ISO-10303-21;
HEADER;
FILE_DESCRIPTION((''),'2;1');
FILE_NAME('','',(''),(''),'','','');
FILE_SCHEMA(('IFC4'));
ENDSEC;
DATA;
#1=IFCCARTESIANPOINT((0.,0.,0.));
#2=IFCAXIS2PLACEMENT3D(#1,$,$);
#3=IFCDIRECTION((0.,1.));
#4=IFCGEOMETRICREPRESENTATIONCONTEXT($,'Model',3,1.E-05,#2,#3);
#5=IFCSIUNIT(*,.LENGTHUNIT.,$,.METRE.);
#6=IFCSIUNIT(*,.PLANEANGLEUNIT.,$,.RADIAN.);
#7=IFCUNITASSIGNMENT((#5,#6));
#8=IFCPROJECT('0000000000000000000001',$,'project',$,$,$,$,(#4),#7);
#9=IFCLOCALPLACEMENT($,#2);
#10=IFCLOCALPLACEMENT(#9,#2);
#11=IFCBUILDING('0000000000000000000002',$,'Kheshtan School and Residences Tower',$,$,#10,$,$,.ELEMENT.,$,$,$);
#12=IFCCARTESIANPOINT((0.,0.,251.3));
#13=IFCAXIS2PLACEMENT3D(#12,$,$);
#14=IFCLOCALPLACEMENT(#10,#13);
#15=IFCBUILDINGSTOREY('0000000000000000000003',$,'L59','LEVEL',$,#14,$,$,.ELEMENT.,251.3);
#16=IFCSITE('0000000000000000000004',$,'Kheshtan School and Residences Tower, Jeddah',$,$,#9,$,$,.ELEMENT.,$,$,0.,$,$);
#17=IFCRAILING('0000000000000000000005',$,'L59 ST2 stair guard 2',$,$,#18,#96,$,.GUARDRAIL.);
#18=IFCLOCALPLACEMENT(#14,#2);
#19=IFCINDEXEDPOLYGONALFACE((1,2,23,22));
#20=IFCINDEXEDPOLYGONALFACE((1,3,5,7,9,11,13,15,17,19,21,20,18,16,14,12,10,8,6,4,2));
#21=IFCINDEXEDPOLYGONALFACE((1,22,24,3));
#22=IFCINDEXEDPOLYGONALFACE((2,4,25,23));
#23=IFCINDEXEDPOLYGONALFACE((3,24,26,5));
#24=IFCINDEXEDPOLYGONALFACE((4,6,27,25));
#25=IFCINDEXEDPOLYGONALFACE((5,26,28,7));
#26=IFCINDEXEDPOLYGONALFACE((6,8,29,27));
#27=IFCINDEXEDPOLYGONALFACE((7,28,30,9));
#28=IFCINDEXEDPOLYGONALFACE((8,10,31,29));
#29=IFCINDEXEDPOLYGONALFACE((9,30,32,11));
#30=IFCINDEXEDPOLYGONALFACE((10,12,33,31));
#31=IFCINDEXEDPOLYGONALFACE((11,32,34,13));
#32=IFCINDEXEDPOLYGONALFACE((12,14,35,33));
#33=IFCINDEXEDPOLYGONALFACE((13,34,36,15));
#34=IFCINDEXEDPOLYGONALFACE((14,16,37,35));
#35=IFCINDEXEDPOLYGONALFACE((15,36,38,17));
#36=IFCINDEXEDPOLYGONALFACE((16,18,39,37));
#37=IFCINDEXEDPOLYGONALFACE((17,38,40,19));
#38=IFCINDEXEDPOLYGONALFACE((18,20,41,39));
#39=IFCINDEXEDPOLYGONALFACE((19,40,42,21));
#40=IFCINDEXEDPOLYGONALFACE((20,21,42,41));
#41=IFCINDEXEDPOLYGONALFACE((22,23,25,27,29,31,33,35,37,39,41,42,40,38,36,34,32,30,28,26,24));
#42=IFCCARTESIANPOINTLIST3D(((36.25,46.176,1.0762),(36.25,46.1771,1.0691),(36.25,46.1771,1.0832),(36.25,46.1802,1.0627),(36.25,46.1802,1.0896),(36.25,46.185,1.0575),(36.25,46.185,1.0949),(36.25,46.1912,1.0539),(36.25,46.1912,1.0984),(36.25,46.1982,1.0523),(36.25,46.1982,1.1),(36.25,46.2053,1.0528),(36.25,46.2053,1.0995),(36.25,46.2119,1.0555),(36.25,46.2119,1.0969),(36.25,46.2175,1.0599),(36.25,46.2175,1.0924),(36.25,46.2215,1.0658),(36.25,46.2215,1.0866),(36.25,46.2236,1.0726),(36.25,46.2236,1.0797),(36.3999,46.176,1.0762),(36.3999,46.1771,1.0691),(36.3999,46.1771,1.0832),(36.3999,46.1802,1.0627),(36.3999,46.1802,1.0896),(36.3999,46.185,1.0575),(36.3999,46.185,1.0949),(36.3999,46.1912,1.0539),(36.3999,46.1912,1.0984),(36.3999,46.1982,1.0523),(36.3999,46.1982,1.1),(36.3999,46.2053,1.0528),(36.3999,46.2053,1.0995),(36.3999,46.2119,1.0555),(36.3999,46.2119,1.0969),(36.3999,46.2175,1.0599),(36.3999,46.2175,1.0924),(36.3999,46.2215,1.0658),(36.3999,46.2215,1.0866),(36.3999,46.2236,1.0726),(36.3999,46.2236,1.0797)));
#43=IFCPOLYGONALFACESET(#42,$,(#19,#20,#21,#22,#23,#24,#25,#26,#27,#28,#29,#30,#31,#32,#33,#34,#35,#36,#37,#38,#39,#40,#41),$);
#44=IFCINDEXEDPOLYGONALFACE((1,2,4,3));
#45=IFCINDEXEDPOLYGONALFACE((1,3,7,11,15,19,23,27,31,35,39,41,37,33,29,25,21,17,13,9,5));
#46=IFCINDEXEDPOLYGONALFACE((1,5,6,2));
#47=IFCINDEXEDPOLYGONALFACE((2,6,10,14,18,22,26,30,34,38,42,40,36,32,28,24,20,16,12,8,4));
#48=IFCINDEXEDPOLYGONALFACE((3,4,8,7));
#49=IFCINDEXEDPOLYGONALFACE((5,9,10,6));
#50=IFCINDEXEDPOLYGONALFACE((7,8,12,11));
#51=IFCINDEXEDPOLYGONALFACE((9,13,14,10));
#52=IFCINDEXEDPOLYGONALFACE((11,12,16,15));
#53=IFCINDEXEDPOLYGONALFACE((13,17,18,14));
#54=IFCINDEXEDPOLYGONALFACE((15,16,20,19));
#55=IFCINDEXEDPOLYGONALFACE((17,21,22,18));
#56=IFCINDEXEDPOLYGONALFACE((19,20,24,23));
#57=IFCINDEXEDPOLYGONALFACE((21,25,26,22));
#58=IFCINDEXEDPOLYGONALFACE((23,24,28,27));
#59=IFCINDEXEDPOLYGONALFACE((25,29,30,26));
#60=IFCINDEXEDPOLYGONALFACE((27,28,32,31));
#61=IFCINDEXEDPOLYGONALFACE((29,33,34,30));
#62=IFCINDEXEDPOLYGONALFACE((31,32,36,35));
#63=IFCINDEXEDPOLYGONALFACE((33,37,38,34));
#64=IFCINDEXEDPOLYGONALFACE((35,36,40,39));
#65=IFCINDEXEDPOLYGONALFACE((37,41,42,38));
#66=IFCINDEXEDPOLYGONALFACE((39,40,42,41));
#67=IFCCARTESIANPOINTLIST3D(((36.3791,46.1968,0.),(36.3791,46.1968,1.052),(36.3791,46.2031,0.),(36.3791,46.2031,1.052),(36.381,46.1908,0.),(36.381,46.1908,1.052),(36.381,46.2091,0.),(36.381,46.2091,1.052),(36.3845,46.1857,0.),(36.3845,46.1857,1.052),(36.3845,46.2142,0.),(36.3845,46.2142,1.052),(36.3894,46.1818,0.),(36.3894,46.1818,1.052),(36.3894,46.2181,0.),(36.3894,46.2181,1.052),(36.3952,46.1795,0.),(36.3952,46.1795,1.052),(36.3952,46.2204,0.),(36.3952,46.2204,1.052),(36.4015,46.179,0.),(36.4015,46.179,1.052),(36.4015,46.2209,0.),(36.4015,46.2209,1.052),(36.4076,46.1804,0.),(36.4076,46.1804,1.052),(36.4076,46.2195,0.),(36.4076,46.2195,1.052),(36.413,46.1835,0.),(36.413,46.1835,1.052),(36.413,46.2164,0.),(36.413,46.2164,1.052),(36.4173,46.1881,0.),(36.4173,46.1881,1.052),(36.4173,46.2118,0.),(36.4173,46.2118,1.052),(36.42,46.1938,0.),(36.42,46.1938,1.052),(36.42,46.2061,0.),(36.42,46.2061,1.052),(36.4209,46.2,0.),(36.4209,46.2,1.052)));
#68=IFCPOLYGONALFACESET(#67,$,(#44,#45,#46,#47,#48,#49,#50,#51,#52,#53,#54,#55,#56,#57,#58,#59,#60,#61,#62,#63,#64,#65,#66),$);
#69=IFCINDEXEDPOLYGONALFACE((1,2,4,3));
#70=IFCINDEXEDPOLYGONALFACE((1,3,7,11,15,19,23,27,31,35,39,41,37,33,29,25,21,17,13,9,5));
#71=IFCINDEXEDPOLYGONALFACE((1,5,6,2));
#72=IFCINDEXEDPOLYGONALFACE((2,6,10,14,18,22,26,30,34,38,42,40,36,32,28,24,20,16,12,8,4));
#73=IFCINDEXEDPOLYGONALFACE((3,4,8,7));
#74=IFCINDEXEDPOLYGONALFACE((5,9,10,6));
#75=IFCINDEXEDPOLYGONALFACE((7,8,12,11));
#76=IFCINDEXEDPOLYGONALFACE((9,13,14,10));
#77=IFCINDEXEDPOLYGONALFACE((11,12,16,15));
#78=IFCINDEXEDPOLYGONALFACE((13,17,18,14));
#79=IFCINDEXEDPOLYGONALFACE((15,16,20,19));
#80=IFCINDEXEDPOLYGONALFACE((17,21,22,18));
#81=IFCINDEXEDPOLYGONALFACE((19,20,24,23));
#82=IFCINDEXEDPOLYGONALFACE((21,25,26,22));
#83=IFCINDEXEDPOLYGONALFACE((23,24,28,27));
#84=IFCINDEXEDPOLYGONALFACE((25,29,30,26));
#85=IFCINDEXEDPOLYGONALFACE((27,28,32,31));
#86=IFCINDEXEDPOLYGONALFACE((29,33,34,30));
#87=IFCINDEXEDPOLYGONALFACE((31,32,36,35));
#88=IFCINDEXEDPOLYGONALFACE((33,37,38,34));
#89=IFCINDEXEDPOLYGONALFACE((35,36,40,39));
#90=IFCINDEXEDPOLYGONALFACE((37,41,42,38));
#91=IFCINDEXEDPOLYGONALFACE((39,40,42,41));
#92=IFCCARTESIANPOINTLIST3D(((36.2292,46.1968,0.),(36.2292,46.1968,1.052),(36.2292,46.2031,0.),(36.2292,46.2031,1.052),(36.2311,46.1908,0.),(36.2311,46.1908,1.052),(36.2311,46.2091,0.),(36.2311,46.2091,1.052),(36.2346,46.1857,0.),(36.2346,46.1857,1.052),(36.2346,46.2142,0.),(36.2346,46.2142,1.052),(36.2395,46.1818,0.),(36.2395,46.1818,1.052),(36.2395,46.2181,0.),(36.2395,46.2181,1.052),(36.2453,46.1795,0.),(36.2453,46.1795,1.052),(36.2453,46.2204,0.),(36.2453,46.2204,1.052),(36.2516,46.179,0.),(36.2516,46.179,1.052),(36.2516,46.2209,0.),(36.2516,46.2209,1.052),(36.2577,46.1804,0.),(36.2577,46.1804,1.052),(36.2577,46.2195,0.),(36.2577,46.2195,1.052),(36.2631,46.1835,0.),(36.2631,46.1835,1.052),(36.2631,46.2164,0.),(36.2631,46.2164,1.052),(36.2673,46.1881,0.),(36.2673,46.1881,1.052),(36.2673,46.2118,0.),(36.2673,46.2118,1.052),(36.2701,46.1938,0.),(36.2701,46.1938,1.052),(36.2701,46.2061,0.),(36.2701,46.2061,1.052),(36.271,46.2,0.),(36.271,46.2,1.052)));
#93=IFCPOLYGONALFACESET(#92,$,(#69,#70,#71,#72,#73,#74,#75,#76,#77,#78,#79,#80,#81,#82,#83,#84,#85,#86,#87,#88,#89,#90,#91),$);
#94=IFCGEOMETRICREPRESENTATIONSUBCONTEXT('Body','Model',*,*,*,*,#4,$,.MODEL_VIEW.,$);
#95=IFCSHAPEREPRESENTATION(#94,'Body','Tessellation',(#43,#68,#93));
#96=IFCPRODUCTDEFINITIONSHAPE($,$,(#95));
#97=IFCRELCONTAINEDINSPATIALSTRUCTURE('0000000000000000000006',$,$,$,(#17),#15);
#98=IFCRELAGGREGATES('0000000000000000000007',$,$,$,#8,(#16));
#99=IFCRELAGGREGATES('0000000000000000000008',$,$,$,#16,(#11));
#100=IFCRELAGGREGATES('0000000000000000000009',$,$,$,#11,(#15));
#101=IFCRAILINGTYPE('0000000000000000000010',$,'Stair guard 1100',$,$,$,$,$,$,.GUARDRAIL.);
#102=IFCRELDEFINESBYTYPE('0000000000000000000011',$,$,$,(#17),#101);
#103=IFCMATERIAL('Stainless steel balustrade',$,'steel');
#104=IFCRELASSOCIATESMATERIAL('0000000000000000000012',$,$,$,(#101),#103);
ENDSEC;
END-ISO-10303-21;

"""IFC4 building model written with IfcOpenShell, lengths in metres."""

from ifc_helpers import new_model, si_unit, direction, frame, origin, origin_2d, place, context, subcontext, project, spatial, circle, extrude, material, type_object, element, save


model = new_model("IFC4")

# Units and contexts
model_context = context("Model", 3, precision=1e-05, world=origin(), true_north=direction((0.0, 1.0)))
body_context = subcontext(model_context, "Body", "Model", "MODEL_VIEW")
ifc_project = project(units=[si_unit("LENGTHUNIT", "METRE"), si_unit("PLANEANGLEUNIT", "RADIAN")], contexts=[model_context])

# Site, building, storey
site_placement = place(None, origin())
site = spatial("IfcSite", under=ifc_project, at=site_placement, Name="Kheshtan School and Residences Tower, Jeddah", CompositionType="ELEMENT", RefElevation=0.0)
building_placement = place(site_placement, origin())
building = spatial("IfcBuilding", under=site, at=building_placement, Name="Kheshtan School and Residences Tower", CompositionType="ELEMENT")
storey_placement = place(building_placement, frame((0.0, 0.0, 251.3)))
storey = spatial("IfcBuildingStorey", under=building, at=storey_placement, Name="L59", Description="LEVEL", CompositionType="ELEMENT", Elevation=251.3)

# Railing
ifc_material_1 = material(Name="Stainless steel balustrade", Category="steel")
railing_type_1 = type_object("IfcRailingType", Name="Stair guard 1100", PredefinedType="GUARDRAIL", material=ifc_material_1)
railing_1_placement = place(storey_placement, frame((36.3999, 46.2, 0.0)))
element("IfcRailing", 1, at=railing_1_placement, inside=storey, type_object=railing_type_1, Name="L59 ST2 stair guard 2", PredefinedType="GUARDRAIL", context=body_context, shape_type="SweptSolid", body=[
    extrude(circle(Radius=0.0239, at=origin_2d()), frame((0.0, 0.0, 1.0762), z_axis=(-1.0, 0.0, 0.0), x_axis=(0.0, -1.0, 0.0)), (0.0, 0.0, 1.0), 0.1499),
    extrude(circle(Radius=0.021, at=origin_2d()), origin(), (0.0, 0.0, 1.0), 1.052),
    extrude(circle(Radius=0.021, at=origin_2d()), frame((-0.1499, 0.0, 0.0)), (0.0, 0.0, 1.0), 1.052),
])

save(model, "model.ifc")
